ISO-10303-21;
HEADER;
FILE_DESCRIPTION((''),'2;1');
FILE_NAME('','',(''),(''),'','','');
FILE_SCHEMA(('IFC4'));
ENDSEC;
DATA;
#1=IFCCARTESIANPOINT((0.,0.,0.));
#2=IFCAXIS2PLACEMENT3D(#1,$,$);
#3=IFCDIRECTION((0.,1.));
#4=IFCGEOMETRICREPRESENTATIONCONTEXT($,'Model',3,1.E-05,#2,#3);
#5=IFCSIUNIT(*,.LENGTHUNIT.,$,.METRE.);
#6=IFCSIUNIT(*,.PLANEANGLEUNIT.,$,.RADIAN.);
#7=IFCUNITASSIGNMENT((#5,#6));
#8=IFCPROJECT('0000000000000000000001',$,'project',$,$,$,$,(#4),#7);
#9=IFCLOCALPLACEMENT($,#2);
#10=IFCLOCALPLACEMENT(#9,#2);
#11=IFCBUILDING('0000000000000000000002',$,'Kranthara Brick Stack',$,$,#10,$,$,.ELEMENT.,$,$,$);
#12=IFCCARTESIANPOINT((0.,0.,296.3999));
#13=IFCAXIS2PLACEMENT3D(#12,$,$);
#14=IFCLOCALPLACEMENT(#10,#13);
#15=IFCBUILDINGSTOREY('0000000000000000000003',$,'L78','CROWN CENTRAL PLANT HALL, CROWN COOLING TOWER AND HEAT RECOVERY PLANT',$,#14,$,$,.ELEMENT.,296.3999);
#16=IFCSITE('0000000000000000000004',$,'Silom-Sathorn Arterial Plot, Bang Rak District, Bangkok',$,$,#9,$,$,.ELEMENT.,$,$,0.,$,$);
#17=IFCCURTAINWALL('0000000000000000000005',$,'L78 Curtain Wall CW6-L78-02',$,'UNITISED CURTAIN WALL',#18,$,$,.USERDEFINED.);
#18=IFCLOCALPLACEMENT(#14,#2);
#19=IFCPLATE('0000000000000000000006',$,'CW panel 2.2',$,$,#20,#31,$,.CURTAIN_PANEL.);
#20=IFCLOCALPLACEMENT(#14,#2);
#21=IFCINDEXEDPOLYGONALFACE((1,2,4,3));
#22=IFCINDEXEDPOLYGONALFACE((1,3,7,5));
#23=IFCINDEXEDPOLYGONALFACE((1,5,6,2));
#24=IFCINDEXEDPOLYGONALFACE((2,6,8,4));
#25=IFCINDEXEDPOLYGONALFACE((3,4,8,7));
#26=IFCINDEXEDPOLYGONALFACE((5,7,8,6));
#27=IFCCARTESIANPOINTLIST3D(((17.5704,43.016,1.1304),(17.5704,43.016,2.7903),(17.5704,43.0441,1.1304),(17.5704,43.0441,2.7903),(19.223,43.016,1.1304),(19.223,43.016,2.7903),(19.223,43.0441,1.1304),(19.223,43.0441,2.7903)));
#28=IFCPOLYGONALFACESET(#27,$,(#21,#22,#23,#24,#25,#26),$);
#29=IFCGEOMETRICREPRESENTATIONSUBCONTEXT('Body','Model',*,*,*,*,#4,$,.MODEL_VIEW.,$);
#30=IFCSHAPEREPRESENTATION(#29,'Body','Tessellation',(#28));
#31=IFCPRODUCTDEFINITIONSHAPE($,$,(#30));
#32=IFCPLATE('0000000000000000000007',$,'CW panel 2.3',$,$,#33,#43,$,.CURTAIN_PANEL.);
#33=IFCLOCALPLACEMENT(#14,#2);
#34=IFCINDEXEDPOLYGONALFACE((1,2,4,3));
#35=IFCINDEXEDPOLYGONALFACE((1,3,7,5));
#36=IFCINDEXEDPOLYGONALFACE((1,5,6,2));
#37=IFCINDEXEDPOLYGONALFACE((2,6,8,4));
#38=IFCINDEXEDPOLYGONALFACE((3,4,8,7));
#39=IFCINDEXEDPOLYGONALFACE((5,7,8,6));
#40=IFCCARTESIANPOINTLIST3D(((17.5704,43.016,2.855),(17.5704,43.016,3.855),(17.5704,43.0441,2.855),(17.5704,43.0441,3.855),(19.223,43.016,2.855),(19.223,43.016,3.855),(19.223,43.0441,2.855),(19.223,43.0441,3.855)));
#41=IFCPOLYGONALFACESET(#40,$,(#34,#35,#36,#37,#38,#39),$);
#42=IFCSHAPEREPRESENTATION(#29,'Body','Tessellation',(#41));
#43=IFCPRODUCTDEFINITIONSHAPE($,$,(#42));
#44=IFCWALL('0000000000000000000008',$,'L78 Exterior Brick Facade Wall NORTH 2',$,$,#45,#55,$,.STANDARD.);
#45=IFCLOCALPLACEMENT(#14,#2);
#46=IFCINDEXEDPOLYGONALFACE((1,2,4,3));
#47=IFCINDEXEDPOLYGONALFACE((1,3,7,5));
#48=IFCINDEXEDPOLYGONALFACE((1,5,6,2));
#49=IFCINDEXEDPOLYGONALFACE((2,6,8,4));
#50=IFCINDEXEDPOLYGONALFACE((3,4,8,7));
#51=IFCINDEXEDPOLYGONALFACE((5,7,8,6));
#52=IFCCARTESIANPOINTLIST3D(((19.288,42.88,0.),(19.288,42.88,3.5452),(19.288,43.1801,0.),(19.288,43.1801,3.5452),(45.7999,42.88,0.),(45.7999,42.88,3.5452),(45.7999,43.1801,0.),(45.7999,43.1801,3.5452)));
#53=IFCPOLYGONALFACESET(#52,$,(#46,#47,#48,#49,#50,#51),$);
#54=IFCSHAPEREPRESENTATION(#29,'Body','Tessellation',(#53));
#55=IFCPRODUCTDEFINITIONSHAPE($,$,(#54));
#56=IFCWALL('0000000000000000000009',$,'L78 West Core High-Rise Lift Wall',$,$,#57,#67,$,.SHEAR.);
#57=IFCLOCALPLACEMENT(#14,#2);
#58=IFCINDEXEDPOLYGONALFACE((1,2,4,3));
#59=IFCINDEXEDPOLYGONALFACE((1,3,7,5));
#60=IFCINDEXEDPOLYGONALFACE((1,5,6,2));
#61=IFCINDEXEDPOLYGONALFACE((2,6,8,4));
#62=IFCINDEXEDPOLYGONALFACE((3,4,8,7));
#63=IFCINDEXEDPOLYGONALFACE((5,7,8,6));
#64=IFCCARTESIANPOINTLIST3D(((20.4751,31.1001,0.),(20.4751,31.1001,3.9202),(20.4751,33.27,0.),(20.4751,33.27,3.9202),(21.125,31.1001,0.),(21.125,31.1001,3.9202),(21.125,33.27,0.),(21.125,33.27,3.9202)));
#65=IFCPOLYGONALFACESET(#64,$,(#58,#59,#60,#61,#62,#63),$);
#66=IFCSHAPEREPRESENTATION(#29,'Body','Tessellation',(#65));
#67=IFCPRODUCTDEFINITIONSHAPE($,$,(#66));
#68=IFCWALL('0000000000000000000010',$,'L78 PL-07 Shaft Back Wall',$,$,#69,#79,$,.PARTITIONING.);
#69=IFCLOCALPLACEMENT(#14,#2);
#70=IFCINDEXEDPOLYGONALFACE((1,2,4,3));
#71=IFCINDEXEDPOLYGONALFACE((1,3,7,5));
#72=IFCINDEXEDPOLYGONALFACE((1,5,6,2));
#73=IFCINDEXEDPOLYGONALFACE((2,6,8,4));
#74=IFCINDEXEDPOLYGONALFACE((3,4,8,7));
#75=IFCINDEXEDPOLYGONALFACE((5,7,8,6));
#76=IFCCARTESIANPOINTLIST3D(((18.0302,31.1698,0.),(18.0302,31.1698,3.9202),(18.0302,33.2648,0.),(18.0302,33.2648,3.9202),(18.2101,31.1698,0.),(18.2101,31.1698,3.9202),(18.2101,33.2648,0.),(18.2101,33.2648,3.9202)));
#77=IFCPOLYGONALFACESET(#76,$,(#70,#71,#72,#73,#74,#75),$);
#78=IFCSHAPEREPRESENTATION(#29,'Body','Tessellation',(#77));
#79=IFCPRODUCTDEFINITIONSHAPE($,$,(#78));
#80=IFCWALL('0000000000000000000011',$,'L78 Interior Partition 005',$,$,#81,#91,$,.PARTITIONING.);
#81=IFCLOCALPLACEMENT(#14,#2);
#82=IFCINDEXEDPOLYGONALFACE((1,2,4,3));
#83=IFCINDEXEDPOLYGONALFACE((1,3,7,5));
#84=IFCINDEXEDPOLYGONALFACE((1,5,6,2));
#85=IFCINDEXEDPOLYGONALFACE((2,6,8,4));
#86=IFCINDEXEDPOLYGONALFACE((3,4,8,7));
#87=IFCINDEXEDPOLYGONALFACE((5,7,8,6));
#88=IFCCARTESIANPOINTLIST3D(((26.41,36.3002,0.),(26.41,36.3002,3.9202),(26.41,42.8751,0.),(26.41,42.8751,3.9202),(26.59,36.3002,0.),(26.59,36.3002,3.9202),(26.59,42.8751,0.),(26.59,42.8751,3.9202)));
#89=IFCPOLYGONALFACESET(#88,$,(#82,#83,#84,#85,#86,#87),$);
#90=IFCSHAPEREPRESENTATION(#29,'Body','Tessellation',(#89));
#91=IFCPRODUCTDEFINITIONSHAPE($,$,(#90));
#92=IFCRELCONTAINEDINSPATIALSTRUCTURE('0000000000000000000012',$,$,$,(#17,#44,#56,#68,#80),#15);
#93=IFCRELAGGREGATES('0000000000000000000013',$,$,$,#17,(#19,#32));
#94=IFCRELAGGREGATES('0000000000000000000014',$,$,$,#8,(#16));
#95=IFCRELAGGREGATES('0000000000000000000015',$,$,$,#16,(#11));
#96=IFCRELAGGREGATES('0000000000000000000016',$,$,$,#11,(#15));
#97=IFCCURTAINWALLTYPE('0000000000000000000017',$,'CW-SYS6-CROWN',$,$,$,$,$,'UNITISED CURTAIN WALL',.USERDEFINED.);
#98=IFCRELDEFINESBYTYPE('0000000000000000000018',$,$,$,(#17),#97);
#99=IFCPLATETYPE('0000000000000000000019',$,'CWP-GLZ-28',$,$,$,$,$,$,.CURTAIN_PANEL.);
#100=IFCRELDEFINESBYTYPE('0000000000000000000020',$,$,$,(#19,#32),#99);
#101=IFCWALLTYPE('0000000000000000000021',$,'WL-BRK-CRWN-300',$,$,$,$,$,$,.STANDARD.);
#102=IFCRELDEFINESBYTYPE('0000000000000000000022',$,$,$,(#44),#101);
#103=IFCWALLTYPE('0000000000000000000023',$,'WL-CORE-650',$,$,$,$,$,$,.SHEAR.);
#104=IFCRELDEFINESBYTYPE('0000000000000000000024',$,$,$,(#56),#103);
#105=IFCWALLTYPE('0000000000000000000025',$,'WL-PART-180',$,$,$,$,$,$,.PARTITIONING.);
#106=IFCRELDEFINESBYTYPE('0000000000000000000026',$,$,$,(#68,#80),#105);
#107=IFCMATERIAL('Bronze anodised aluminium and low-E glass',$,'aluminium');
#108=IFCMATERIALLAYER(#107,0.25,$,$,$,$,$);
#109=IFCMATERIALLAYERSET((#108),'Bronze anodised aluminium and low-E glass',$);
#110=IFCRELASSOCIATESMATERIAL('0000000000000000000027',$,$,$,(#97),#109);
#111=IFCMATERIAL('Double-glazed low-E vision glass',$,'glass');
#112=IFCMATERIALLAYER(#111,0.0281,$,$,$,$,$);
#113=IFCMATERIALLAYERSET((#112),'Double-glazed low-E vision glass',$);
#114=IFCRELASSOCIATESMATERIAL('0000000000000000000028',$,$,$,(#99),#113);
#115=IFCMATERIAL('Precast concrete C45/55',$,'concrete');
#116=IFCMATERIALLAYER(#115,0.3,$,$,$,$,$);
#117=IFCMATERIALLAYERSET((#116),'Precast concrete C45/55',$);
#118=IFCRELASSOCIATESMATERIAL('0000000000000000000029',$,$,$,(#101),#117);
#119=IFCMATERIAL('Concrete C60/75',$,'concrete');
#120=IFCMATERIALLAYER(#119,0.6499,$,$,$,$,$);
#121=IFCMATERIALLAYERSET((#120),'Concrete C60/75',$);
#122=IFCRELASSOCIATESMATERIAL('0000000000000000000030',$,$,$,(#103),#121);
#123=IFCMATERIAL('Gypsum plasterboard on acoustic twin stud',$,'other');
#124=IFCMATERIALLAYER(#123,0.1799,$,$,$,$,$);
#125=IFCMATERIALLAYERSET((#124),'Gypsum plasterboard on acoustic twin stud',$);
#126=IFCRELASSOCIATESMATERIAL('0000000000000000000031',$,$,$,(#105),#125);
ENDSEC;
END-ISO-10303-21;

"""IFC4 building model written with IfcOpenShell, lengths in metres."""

from ifc_helpers import new_model, si_unit, direction, frame, frame_2d, origin, origin_2d, place, context, subcontext, project, spatial, rectangle, extrude, material, layer, layer_set, type_object, element, aggregate, save


model = new_model("IFC4")

# Units and contexts
model_context = context("Model", 3, precision=1e-05, world=origin(), true_north=direction((0.0, 1.0)))
body_context = subcontext(model_context, "Body", "Model", "MODEL_VIEW")
ifc_project = project(units=[si_unit("LENGTHUNIT", "METRE"), si_unit("PLANEANGLEUNIT", "RADIAN")], contexts=[model_context])

# Site, building, storey
site_placement = place(None, origin())
site = spatial("IfcSite", under=ifc_project, at=site_placement, Name="Silom-Sathorn Arterial Plot, Bang Rak District, Bangkok", CompositionType="ELEMENT", RefElevation=0.0)
building_placement = place(site_placement, origin())
building = spatial("IfcBuilding", under=site, at=building_placement, Name="Kranthara Brick Stack", CompositionType="ELEMENT")
storey_placement = place(building_placement, frame((0.0, 0.0, 296.3999)))
storey = spatial("IfcBuildingStorey", under=building, at=storey_placement, Name="L78", Description="CROWN CENTRAL PLANT HALL, CROWN COOLING TOWER AND HEAT RECOVERY PLANT", CompositionType="ELEMENT", Elevation=296.3999)

# Curtain wall, plates
ifc_material_1 = material(Name="Bronze anodised aluminium and low-E glass", Category="aluminium")
ifc_layer_1 = layer(ifc_material_1, 0.25)
ifc_layer_set_1 = layer_set([ifc_layer_1], Name="Bronze anodised aluminium and low-E glass")
curtain_wall_type = type_object("IfcCurtainWallType", Name="CW-SYS6-CROWN", ElementType="UNITISED CURTAIN WALL", PredefinedType="USERDEFINED", material=ifc_layer_set_1)
curtain_wall_placement = place(storey_placement, origin())
curtain_wall = element("IfcCurtainWall", 1, at=curtain_wall_placement, inside=storey, type_object=curtain_wall_type, Name="L78 Curtain Wall CW6-L78-02", ObjectType="UNITISED CURTAIN WALL", PredefinedType="USERDEFINED")
ifc_material_2 = material(Name="Double-glazed low-E vision glass", Category="glass")
ifc_layer_2 = layer(ifc_material_2, 0.0281)
ifc_layer_set_2 = layer_set([ifc_layer_2], Name="Double-glazed low-E vision glass")
plate_type = type_object("IfcPlateType", Name="CWP-GLZ-28", PredefinedType="CURTAIN_PANEL", material=ifc_layer_set_2)
plate_1_placement = place(storey_placement, frame((18.3967, 43.03, 1.1304), z_axis=(0.0, 0.0, 1.0), x_axis=(1.0, 0.0, 0.0)))
plate_1 = element("IfcPlate", 2, at=plate_1_placement, type_object=plate_type, Name="CW panel 2.2", PredefinedType="CURTAIN_PANEL", context=body_context, shape_type="SweptSolid", body=[
    extrude(rectangle(XDim=1.6526, YDim=0.0281, at=origin_2d()), origin(), (0.0, 0.0, 1.0), 1.6599),
])
plate_2_placement = place(storey_placement, frame((18.3967, 43.03, 2.855), z_axis=(0.0, 0.0, 1.0), x_axis=(1.0, 0.0, 0.0)))
plate_2 = element("IfcPlate", 3, at=plate_2_placement, type_object=plate_type, Name="CW panel 2.3", PredefinedType="CURTAIN_PANEL", context=body_context, shape_type="SweptSolid", body=[
    extrude(rectangle(XDim=1.6526, YDim=0.0281, at=origin_2d()), origin(), (0.0, 0.0, 1.0), 1.0),
])
aggregate(curtain_wall, [plate_1, plate_2])

# Walls
ifc_material_3 = material(Name="Precast concrete C45/55", Category="concrete")
ifc_layer_3 = layer(ifc_material_3, 0.3)
ifc_layer_set_3 = layer_set([ifc_layer_3], Name="Precast concrete C45/55")
wall_type_1 = type_object("IfcWallType", Name="WL-BRK-CRWN-300", PredefinedType="STANDARD", material=ifc_layer_set_3)
wall_1_placement = place(storey_placement, frame((19.2881, 43.03, 0.0), z_axis=(0.0, 0.0, 1.0), x_axis=(1.0, 0.0, 0.0)))
element("IfcWall", 4, at=wall_1_placement, inside=storey, type_object=wall_type_1, Name="L78 Exterior Brick Facade Wall NORTH 2", PredefinedType="STANDARD", context=body_context, shape_type="SweptSolid", body=[
    extrude(rectangle(XDim=26.512, YDim=0.3, at=frame_2d((13.2559, 0.0))), origin(), (0.0, 0.0, 1.0), 3.5452),
])
ifc_material_4 = material(Name="Concrete C60/75", Category="concrete")
ifc_layer_4 = layer(ifc_material_4, 0.6499)
ifc_layer_set_4 = layer_set([ifc_layer_4], Name="Concrete C60/75")
wall_type_2 = type_object("IfcWallType", Name="WL-CORE-650", PredefinedType="SHEAR", material=ifc_layer_set_4)
wall_2_placement = place(storey_placement, frame((20.8, 31.1001, 0.0), z_axis=(0.0, 0.0, 1.0), x_axis=(0.0, 1.0, 0.0)))
element("IfcWall", 5, at=wall_2_placement, inside=storey, type_object=wall_type_2, Name="L78 West Core High-Rise Lift Wall", PredefinedType="SHEAR", context=body_context, shape_type="SweptSolid", body=[
    extrude(rectangle(XDim=2.1699, YDim=0.6499, at=frame_2d((1.085, 0.0))), origin(), (0.0, 0.0, 1.0), 3.9202),
])
ifc_material_5 = material(Name="Gypsum plasterboard on acoustic twin stud", Category="other")
ifc_layer_5 = layer(ifc_material_5, 0.1799)
ifc_layer_set_5 = layer_set([ifc_layer_5], Name="Gypsum plasterboard on acoustic twin stud")
wall_type_3 = type_object("IfcWallType", Name="WL-PART-180", PredefinedType="PARTITIONING", material=ifc_layer_set_5)
wall_3_placement = place(storey_placement, frame((18.1201, 31.1699, 0.0), z_axis=(0.0, 0.0, 1.0), x_axis=(0.0, 1.0, 0.0)))
element("IfcWall", 6, at=wall_3_placement, inside=storey, type_object=wall_type_3, Name="L78 PL-07 Shaft Back Wall", PredefinedType="PARTITIONING", context=body_context, shape_type="SweptSolid", body=[
    extrude(rectangle(XDim=2.095, YDim=0.1799, at=frame_2d((1.0474, 0.0))), origin(), (0.0, 0.0, 1.0), 3.9202),
])
wall_4_placement = place(storey_placement, frame((26.5, 36.3, 0.0), z_axis=(0.0, 0.0, 1.0), x_axis=(0.0, 1.0, 0.0)))
element("IfcWall", 7, at=wall_4_placement, inside=storey, type_object=wall_type_3, Name="L78 Interior Partition 005", PredefinedType="PARTITIONING", context=body_context, shape_type="SweptSolid", body=[
    extrude(rectangle(XDim=6.575, YDim=0.1799, at=frame_2d((3.2876, 0.0))), origin(), (0.0, 0.0, 1.0), 3.9202),
])

save(model, "model.ifc")
